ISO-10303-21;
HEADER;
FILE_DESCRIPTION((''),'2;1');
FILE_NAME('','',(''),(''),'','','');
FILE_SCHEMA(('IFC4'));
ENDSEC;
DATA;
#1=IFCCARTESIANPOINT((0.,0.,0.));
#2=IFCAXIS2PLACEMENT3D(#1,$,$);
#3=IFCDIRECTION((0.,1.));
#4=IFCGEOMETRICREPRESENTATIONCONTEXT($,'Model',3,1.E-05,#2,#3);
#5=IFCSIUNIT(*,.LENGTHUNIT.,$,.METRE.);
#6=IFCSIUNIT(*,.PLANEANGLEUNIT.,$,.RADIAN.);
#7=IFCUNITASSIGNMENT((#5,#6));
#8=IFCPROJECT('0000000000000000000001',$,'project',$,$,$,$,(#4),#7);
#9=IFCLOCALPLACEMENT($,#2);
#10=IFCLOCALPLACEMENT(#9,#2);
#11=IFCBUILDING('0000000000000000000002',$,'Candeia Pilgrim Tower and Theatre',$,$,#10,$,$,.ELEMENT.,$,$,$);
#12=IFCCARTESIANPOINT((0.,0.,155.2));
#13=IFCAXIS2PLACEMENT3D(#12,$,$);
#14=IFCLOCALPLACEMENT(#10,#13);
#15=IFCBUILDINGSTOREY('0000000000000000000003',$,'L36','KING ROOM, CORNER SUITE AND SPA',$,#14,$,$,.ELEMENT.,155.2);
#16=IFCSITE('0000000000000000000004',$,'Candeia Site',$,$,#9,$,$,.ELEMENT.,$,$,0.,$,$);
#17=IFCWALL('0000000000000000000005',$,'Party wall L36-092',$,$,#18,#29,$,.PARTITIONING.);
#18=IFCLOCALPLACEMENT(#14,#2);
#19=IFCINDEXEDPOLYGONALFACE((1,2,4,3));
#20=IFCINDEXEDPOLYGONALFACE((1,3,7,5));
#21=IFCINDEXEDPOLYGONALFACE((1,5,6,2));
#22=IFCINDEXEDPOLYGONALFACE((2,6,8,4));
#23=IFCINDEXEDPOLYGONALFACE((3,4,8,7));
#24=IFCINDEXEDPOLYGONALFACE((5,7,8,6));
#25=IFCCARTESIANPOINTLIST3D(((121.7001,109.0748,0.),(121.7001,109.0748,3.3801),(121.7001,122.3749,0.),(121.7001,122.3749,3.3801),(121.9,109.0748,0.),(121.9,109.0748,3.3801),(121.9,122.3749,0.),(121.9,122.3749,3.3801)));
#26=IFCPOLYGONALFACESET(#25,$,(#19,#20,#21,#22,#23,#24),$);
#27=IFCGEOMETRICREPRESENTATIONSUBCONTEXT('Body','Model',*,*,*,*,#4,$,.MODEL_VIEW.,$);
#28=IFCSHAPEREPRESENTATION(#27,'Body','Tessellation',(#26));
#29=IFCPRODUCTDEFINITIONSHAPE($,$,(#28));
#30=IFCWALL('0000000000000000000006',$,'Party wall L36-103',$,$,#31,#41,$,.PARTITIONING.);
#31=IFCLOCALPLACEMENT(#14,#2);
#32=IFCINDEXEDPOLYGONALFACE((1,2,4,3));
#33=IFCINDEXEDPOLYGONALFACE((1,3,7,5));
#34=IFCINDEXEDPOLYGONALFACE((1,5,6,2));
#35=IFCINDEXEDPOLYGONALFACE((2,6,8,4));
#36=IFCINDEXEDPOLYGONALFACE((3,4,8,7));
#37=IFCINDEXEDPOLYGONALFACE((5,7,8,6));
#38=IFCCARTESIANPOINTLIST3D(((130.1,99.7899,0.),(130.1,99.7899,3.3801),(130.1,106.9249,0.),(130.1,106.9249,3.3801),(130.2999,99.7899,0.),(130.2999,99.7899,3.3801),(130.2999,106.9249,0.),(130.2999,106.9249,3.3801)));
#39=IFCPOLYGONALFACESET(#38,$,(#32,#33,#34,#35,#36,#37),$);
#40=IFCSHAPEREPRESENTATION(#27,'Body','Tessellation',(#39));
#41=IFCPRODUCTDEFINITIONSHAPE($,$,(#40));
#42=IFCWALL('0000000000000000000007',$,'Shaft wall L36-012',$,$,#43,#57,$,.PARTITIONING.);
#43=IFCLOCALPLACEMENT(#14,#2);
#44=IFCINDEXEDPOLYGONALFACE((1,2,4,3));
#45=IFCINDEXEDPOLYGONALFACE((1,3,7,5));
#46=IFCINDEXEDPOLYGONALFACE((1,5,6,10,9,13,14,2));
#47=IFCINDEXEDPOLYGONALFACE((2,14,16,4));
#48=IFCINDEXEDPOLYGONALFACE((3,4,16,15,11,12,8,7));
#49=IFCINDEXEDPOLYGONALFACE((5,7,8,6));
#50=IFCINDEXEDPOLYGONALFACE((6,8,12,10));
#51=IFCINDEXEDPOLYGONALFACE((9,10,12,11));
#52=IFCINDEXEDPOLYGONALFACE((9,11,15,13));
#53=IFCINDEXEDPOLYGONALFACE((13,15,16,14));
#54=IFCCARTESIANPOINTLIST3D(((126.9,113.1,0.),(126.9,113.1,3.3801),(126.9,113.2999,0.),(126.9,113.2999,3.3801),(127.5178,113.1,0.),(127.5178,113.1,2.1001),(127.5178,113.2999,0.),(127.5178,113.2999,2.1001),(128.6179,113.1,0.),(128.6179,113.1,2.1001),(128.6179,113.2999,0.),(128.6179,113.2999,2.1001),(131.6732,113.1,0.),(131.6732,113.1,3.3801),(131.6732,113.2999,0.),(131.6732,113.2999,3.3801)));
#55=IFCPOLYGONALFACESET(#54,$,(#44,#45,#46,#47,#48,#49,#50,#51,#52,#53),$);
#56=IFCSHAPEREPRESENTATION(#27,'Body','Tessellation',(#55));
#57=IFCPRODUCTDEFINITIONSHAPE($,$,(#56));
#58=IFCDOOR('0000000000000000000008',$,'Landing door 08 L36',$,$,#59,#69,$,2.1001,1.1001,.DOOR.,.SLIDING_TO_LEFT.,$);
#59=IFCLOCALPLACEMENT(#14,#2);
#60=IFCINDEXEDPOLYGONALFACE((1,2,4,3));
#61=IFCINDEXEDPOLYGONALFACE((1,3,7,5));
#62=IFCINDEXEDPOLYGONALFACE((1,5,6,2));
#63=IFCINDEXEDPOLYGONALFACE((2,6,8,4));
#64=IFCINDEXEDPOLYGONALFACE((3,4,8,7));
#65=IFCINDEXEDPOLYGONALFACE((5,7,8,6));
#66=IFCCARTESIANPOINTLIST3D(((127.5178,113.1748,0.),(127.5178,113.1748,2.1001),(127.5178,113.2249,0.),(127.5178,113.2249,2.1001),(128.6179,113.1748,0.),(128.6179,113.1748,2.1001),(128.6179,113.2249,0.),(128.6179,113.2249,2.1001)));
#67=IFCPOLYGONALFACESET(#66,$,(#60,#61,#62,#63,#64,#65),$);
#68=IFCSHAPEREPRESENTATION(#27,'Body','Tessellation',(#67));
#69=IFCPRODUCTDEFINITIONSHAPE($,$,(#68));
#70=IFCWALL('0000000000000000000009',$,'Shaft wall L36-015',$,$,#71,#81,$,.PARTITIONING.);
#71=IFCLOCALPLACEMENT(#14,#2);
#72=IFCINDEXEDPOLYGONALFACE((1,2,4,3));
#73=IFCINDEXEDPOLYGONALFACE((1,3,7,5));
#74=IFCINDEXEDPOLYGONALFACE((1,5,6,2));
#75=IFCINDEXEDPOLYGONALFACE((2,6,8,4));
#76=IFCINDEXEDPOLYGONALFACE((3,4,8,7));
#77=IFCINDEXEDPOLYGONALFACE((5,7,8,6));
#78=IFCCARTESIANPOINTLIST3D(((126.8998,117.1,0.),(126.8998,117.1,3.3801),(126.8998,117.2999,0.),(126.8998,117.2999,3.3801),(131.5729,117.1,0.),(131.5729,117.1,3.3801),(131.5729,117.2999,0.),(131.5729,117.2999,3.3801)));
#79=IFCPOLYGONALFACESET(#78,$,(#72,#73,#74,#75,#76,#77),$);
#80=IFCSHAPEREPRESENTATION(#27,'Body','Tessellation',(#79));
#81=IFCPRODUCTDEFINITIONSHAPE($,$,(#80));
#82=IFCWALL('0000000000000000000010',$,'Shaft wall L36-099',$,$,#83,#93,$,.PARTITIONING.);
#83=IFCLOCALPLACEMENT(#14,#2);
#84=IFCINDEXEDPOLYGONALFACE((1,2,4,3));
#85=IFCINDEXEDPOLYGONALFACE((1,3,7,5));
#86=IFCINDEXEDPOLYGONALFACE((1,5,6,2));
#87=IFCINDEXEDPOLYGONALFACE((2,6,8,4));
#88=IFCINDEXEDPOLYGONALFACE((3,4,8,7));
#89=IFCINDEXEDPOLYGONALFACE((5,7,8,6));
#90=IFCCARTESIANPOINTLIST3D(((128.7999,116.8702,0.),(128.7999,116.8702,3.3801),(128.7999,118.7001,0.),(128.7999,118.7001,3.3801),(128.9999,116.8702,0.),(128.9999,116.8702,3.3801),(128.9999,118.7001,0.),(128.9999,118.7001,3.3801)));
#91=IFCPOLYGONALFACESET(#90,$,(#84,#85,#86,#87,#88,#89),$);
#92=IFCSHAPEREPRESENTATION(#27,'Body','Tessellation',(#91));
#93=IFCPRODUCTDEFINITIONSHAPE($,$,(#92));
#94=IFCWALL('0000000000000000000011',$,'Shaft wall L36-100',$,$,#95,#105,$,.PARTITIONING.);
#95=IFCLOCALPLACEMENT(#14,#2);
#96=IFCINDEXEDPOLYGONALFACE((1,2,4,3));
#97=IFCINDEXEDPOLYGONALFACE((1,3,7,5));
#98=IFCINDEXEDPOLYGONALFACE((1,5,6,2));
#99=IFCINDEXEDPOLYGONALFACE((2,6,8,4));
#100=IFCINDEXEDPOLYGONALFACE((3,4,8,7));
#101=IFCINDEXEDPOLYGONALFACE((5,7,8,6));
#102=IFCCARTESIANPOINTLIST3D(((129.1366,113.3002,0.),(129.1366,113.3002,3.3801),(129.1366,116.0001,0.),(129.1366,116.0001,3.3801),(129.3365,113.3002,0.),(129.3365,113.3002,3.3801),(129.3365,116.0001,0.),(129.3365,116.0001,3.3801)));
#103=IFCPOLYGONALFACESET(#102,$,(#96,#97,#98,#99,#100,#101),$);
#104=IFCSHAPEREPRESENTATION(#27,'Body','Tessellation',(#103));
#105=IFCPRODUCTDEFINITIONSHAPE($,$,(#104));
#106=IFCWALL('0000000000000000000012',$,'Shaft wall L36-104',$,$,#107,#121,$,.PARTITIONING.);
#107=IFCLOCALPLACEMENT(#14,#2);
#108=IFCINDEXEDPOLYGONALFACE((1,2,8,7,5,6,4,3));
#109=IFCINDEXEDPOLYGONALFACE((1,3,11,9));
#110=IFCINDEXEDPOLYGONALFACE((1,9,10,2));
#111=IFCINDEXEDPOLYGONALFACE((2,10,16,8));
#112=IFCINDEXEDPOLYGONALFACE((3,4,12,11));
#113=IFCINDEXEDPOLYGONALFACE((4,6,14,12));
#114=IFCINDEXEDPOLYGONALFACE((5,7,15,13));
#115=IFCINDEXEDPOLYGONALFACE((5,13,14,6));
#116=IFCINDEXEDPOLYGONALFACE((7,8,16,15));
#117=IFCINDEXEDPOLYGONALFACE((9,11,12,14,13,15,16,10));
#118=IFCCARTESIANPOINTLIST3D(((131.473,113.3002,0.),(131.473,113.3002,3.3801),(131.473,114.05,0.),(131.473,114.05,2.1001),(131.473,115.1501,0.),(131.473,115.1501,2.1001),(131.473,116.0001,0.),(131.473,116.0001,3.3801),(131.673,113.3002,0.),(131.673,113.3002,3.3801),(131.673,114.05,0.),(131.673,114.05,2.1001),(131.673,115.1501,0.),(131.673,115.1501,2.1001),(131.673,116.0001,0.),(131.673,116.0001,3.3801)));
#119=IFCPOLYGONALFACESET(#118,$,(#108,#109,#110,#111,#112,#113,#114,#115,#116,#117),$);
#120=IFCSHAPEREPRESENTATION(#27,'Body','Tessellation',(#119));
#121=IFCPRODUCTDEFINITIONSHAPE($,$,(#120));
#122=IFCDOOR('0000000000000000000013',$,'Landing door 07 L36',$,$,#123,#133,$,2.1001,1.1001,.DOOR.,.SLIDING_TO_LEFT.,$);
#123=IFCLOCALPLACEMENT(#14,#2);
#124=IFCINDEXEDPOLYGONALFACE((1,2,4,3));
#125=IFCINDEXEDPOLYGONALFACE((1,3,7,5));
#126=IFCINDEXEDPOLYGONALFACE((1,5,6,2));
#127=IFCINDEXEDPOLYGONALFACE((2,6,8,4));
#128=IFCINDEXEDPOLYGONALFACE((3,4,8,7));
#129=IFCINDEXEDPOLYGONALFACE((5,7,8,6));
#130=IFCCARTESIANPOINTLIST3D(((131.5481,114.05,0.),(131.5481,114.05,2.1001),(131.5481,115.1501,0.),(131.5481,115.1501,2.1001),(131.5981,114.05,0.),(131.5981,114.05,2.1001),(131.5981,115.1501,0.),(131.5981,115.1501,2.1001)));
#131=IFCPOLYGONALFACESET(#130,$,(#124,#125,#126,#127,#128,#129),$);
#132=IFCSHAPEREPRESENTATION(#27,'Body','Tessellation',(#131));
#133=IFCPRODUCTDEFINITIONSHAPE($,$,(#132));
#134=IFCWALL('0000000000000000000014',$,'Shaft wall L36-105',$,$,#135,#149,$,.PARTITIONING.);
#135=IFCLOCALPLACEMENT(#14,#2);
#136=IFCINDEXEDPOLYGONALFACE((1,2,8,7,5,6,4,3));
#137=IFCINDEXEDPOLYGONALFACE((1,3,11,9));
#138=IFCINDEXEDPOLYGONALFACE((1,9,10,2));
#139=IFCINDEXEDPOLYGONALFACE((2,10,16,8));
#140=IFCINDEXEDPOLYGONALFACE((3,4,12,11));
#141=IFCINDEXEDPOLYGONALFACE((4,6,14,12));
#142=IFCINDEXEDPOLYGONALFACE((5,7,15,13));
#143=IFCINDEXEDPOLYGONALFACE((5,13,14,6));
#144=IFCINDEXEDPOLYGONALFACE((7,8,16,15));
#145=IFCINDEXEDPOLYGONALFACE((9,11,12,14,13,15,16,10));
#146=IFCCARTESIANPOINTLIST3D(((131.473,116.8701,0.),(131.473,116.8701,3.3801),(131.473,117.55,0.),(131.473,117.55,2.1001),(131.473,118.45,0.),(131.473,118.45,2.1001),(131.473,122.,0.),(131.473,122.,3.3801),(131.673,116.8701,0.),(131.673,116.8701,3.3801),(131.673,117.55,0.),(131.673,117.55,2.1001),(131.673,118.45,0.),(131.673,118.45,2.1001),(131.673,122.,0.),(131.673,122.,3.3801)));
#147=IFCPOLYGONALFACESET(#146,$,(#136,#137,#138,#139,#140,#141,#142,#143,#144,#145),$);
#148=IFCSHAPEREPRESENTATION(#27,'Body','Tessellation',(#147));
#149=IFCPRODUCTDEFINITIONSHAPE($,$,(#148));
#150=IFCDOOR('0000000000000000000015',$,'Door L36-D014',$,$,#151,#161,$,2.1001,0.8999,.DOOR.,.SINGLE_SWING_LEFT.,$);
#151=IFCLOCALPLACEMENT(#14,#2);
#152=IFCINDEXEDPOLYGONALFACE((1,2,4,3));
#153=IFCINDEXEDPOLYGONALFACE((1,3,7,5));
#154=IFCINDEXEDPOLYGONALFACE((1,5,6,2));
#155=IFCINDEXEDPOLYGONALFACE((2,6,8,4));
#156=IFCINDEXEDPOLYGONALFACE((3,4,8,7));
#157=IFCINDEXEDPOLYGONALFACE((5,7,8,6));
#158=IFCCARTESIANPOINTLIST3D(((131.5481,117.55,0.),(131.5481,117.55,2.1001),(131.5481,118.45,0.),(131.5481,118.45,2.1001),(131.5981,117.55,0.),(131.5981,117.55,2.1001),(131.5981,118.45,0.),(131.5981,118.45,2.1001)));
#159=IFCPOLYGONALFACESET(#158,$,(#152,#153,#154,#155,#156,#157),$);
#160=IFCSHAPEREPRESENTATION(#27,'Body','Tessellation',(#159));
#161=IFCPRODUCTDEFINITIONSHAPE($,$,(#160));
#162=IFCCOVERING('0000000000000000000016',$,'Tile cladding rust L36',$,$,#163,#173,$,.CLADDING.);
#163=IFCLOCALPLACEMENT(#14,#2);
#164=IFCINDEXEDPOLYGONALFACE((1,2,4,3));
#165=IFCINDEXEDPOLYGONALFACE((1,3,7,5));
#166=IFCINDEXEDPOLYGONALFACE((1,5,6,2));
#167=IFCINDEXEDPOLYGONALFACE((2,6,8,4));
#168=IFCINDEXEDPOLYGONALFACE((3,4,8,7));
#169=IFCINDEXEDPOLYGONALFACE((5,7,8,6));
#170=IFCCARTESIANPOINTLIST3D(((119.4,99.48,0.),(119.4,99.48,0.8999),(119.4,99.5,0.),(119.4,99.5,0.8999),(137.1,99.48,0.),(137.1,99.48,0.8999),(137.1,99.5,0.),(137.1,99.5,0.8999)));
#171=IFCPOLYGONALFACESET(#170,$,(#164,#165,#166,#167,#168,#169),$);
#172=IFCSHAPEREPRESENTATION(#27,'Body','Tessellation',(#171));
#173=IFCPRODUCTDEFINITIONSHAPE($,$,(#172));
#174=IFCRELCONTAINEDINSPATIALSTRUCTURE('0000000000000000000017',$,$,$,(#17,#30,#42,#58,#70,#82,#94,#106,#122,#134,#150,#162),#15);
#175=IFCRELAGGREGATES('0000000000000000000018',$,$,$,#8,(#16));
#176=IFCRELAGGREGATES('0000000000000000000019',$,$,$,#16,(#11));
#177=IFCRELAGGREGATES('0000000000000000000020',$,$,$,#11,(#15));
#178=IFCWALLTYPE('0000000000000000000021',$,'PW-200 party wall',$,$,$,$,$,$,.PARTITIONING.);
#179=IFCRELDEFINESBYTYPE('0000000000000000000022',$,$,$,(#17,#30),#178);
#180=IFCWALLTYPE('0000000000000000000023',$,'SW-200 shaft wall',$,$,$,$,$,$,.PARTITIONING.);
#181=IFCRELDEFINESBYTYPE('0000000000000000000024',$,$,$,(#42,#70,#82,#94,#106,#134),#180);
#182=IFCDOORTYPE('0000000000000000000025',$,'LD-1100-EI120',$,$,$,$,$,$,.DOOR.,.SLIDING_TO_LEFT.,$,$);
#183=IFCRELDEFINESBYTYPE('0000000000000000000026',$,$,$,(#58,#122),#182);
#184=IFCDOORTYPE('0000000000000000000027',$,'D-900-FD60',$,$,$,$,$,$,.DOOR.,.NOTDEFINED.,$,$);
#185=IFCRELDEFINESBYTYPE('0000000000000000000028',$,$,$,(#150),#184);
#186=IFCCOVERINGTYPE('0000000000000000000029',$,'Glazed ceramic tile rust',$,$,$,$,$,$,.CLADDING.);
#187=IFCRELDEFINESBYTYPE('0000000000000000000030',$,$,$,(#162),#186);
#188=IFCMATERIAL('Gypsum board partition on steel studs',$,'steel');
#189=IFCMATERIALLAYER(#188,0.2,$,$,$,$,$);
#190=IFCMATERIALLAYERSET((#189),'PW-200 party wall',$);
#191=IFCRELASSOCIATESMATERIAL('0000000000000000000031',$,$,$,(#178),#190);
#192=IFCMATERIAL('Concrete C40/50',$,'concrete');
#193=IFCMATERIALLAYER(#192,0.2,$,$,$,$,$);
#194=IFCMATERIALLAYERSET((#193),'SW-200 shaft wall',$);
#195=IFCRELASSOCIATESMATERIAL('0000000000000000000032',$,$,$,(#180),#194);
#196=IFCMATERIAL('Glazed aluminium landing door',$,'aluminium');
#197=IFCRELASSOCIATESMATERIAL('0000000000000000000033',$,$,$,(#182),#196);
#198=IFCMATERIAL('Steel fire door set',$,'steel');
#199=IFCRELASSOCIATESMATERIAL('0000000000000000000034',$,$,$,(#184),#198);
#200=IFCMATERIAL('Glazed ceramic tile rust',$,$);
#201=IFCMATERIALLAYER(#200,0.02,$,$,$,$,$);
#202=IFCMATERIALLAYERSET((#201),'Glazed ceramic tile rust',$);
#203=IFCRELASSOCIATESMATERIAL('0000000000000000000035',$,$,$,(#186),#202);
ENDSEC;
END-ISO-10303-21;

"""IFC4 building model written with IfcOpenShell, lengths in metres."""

from ifc_helpers import new_model, si_unit, direction, frame, frame_2d, origin, origin_2d, place, context, subcontext, project, spatial, rectangle, extrude, material, layer, layer_set, type_object, element, fill, save


model = new_model("IFC4")

# Units and contexts
model_context = context("Model", 3, precision=1e-05, world=origin(), true_north=direction((0.0, 1.0)))
body_context = subcontext(model_context, "Body", "Model", "MODEL_VIEW")
ifc_project = project(units=[si_unit("LENGTHUNIT", "METRE"), si_unit("PLANEANGLEUNIT", "RADIAN")], contexts=[model_context])

# Site, building, storey
site_placement = place(None, origin())
site = spatial("IfcSite", under=ifc_project, at=site_placement, Name="Candeia Site", CompositionType="ELEMENT", RefElevation=0.0)
building_placement = place(site_placement, origin())
building = spatial("IfcBuilding", under=site, at=building_placement, Name="Candeia Pilgrim Tower and Theatre", CompositionType="ELEMENT")
storey_placement = place(building_placement, frame((0.0, 0.0, 155.2)))
storey = spatial("IfcBuildingStorey", under=building, at=storey_placement, Name="L36", Description="KING ROOM, CORNER SUITE AND SPA", CompositionType="ELEMENT", Elevation=155.2)

# Shared definitions
ifc_material_1 = material(Name="Steel fire door set", Category="steel")

# Shared definitions
ifc_material_2 = material(Name="Gypsum board partition on steel studs", Category="steel")

# Walls
ifc_layer_1 = layer(ifc_material_2, 0.2)
ifc_layer_set_1 = layer_set([ifc_layer_1], Name="PW-200 party wall")
wall_type_1 = type_object("IfcWallType", Name="PW-200 party wall", PredefinedType="PARTITIONING", material=ifc_layer_set_1)
wall_1_placement = place(storey_placement, frame((121.8, 109.075, 0.0), z_axis=(0.0, 0.0, 1.0), x_axis=(0.0, 1.0, 0.0)))
element("IfcWall", 1, at=wall_1_placement, inside=storey, type_object=wall_type_1, Name="Party wall L36-092", PredefinedType="PARTITIONING", context=body_context, shape_type="SweptSolid", body=[
    extrude(rectangle(XDim=13.3, YDim=0.2, at=frame_2d((6.6499, 0.0))), origin(), (0.0, 0.0, 1.0), 3.3801),
])
wall_2_placement = place(storey_placement, frame((130.2, 99.79, 0.0), z_axis=(0.0, 0.0, 1.0), x_axis=(0.0, 1.0, 0.0)))
element("IfcWall", 2, at=wall_2_placement, inside=storey, type_object=wall_type_1, Name="Party wall L36-103", PredefinedType="PARTITIONING", context=body_context, shape_type="SweptSolid", body=[
    extrude(rectangle(XDim=7.135, YDim=0.2, at=frame_2d((3.5674, 0.0))), origin(), (0.0, 0.0, 1.0), 3.3801),
])

# Wall, opening, door
ifc_material_3 = material(Name="Concrete C40/50", Category="concrete")
ifc_layer_2 = layer(ifc_material_3, 0.2)
ifc_layer_set_2 = layer_set([ifc_layer_2], Name="SW-200 shaft wall")
wall_type_2 = type_object("IfcWallType", Name="SW-200 shaft wall", PredefinedType="PARTITIONING", material=ifc_layer_set_2)
wall_3_placement = place(storey_placement, frame((126.8999, 113.2, 0.0), z_axis=(0.0, 0.0, 1.0), x_axis=(1.0, 0.0, 0.0)))
wall_3 = element("IfcWall", 3, at=wall_3_placement, inside=storey, type_object=wall_type_2, Name="Shaft wall L36-012", PredefinedType="PARTITIONING", context=body_context, shape_type="SweptSolid", body=[
    extrude(rectangle(XDim=4.7732, YDim=0.2, at=frame_2d((2.3867, 0.0))), origin(), (0.0, 0.0, 1.0), 3.3801),
])
opening_1_placement = place(wall_3_placement, frame((0.6179, 0.0, 0.0)))
opening_1 = element("IfcOpeningElement", 4, at=opening_1_placement, cuts=wall_3, PredefinedType="OPENING", context=body_context, shape_type="SweptSolid", body=[
    extrude(rectangle(XDim=1.1001, YDim=2.1001, at=frame_2d((0.55, 1.05))), frame((0.0, 0.1099, 0.0), z_axis=(0.0, -1.0, 0.0), x_axis=(1.0, 0.0, 0.0)), (0.0, 0.0, 1.0), 0.22),
])
ifc_material_4 = material(Name="Glazed aluminium landing door", Category="aluminium")
door_type_1 = type_object("IfcDoorType", Name="LD-1100-EI120", OperationType="SLIDING_TO_LEFT", PredefinedType="DOOR", material=ifc_material_4)
door_1_placement = place(opening_1_placement, origin())
door_1 = element("IfcDoor", 5, at=door_1_placement, inside=storey, type_object=door_type_1, Name="Landing door 08 L36", OperationType="SLIDING_TO_LEFT", OverallHeight=2.1001, OverallWidth=1.1001, PredefinedType="DOOR", context=body_context, shape_type="SweptSolid", body=[
    extrude(rectangle(XDim=1.1001, YDim=2.1001, at=frame_2d((0.55, 1.05))), frame((0.0, 0.0249, 0.0), z_axis=(0.0, -1.0, 0.0), x_axis=(1.0, 0.0, 0.0)), (0.0, 0.0, 1.0), 0.05),
])
fill(opening_1, door_1)

# Walls
wall_4_placement = place(storey_placement, frame((126.8999, 117.2, 0.0), z_axis=(0.0, 0.0, 1.0), x_axis=(1.0, 0.0, 0.0)))
element("IfcWall", 6, at=wall_4_placement, inside=storey, type_object=wall_type_2, Name="Shaft wall L36-015", PredefinedType="PARTITIONING", context=body_context, shape_type="SweptSolid", body=[
    extrude(rectangle(XDim=4.6731, YDim=0.2, at=frame_2d((2.3364, 0.0))), origin(), (0.0, 0.0, 1.0), 3.3801),
])
wall_5_placement = place(storey_placement, frame((128.8999, 116.8701, 0.0), z_axis=(0.0, 0.0, 1.0), x_axis=(0.0, 1.0, 0.0)))
element("IfcWall", 7, at=wall_5_placement, inside=storey, type_object=wall_type_2, Name="Shaft wall L36-099", PredefinedType="PARTITIONING", context=body_context, shape_type="SweptSolid", body=[
    extrude(rectangle(XDim=1.8298, YDim=0.2, at=frame_2d((0.915, 0.0))), origin(), (0.0, 0.0, 1.0), 3.3801),
])
wall_6_placement = place(storey_placement, frame((129.2366, 113.3, 0.0), z_axis=(0.0, 0.0, 1.0), x_axis=(0.0, 1.0, 0.0)))
element("IfcWall", 8, at=wall_6_placement, inside=storey, type_object=wall_type_2, Name="Shaft wall L36-100", PredefinedType="PARTITIONING", context=body_context, shape_type="SweptSolid", body=[
    extrude(rectangle(XDim=2.7, YDim=0.2, at=frame_2d((1.3501, 0.0))), origin(), (0.0, 0.0, 1.0), 3.3801),
])

# Walls, openings, doors
wall_7_placement = place(storey_placement, frame((131.573, 113.3, 0.0), z_axis=(0.0, 0.0, 1.0), x_axis=(0.0, 1.0, 0.0)))
wall_7 = element("IfcWall", 9, at=wall_7_placement, inside=storey, type_object=wall_type_2, Name="Shaft wall L36-104", PredefinedType="PARTITIONING", context=body_context, shape_type="SweptSolid", body=[
    extrude(rectangle(XDim=2.7, YDim=0.2, at=frame_2d((1.3501, 0.0))), origin(), (0.0, 0.0, 1.0), 3.3801),
])
opening_2_placement = place(wall_7_placement, frame((0.75, 0.0, 0.0)))
opening_2 = element("IfcOpeningElement", 10, at=opening_2_placement, cuts=wall_7, PredefinedType="OPENING", context=body_context, shape_type="SweptSolid", body=[
    extrude(rectangle(XDim=1.1001, YDim=2.1001, at=frame_2d((0.55, 1.05))), frame((0.0, 0.1099, 0.0), z_axis=(0.0, -1.0, 0.0), x_axis=(1.0, 0.0, 0.0)), (0.0, 0.0, 1.0), 0.22),
])
door_2_placement = place(opening_2_placement, origin())
door_2 = element("IfcDoor", 11, at=door_2_placement, inside=storey, type_object=door_type_1, Name="Landing door 07 L36", OperationType="SLIDING_TO_LEFT", OverallHeight=2.1001, OverallWidth=1.1001, PredefinedType="DOOR", context=body_context, shape_type="SweptSolid", body=[
    extrude(rectangle(XDim=1.1001, YDim=2.1001, at=frame_2d((0.55, 1.05))), frame((0.0, 0.0249, 0.0), z_axis=(0.0, -1.0, 0.0), x_axis=(1.0, 0.0, 0.0)), (0.0, 0.0, 1.0), 0.05),
])
fill(opening_2, door_2)
wall_8_placement = place(storey_placement, frame((131.573, 116.8701, 0.0), z_axis=(0.0, 0.0, 1.0), x_axis=(0.0, 1.0, 0.0)))
wall_8 = element("IfcWall", 12, at=wall_8_placement, inside=storey, type_object=wall_type_2, Name="Shaft wall L36-105", PredefinedType="PARTITIONING", context=body_context, shape_type="SweptSolid", body=[
    extrude(rectangle(XDim=5.1299, YDim=0.2, at=frame_2d((2.5649, 0.0))), origin(), (0.0, 0.0, 1.0), 3.3801),
])
opening_3_placement = place(wall_8_placement, frame((0.6799, 0.0, 0.0)))
opening_3 = element("IfcOpeningElement", 13, at=opening_3_placement, cuts=wall_8, PredefinedType="OPENING", context=body_context, shape_type="SweptSolid", body=[
    extrude(rectangle(XDim=0.8999, YDim=2.1001, at=frame_2d((0.45, 1.05))), frame((0.0, 0.1099, 0.0), z_axis=(0.0, -1.0, 0.0), x_axis=(1.0, 0.0, 0.0)), (0.0, 0.0, 1.0), 0.22),
])
door_type_2 = type_object("IfcDoorType", Name="D-900-FD60", OperationType="NOTDEFINED", PredefinedType="DOOR", material=ifc_material_1)
door_3_placement = place(opening_3_placement, origin())
door_3 = element("IfcDoor", 14, at=door_3_placement, inside=storey, type_object=door_type_2, Name="Door L36-D014", OperationType="SINGLE_SWING_LEFT", OverallHeight=2.1001, OverallWidth=0.8999, PredefinedType="DOOR", context=body_context, shape_type="SweptSolid", body=[
    extrude(rectangle(XDim=0.8999, YDim=2.1001, at=frame_2d((0.45, 1.05))), frame((0.0, 0.0249, 0.0), z_axis=(0.0, -1.0, 0.0), x_axis=(1.0, 0.0, 0.0)), (0.0, 0.0, 1.0), 0.05),
])
fill(opening_3, door_3)

# Covering
ifc_material_5 = material(Name="Glazed ceramic tile rust")
ifc_layer_3 = layer(ifc_material_5, 0.02)
ifc_layer_set_3 = layer_set([ifc_layer_3], Name="Glazed ceramic tile rust")
covering_type = type_object("IfcCoveringType", Name="Glazed ceramic tile rust", PredefinedType="CLADDING", material=ifc_layer_set_3)
covering_placement = place(storey_placement, frame((128.25, 99.49, 0.0), z_axis=(0.0, 0.0, 1.0), x_axis=(1.0, 0.0, 0.0)))
element("IfcCovering", 15, at=covering_placement, inside=storey, type_object=covering_type, Name="Tile cladding rust L36", PredefinedType="CLADDING", context=body_context, shape_type="SweptSolid", body=[
    extrude(rectangle(XDim=17.7, YDim=0.02, at=origin_2d()), origin(), (0.0, 0.0, 1.0), 0.8999),
])

save(model, "model.ifc")
